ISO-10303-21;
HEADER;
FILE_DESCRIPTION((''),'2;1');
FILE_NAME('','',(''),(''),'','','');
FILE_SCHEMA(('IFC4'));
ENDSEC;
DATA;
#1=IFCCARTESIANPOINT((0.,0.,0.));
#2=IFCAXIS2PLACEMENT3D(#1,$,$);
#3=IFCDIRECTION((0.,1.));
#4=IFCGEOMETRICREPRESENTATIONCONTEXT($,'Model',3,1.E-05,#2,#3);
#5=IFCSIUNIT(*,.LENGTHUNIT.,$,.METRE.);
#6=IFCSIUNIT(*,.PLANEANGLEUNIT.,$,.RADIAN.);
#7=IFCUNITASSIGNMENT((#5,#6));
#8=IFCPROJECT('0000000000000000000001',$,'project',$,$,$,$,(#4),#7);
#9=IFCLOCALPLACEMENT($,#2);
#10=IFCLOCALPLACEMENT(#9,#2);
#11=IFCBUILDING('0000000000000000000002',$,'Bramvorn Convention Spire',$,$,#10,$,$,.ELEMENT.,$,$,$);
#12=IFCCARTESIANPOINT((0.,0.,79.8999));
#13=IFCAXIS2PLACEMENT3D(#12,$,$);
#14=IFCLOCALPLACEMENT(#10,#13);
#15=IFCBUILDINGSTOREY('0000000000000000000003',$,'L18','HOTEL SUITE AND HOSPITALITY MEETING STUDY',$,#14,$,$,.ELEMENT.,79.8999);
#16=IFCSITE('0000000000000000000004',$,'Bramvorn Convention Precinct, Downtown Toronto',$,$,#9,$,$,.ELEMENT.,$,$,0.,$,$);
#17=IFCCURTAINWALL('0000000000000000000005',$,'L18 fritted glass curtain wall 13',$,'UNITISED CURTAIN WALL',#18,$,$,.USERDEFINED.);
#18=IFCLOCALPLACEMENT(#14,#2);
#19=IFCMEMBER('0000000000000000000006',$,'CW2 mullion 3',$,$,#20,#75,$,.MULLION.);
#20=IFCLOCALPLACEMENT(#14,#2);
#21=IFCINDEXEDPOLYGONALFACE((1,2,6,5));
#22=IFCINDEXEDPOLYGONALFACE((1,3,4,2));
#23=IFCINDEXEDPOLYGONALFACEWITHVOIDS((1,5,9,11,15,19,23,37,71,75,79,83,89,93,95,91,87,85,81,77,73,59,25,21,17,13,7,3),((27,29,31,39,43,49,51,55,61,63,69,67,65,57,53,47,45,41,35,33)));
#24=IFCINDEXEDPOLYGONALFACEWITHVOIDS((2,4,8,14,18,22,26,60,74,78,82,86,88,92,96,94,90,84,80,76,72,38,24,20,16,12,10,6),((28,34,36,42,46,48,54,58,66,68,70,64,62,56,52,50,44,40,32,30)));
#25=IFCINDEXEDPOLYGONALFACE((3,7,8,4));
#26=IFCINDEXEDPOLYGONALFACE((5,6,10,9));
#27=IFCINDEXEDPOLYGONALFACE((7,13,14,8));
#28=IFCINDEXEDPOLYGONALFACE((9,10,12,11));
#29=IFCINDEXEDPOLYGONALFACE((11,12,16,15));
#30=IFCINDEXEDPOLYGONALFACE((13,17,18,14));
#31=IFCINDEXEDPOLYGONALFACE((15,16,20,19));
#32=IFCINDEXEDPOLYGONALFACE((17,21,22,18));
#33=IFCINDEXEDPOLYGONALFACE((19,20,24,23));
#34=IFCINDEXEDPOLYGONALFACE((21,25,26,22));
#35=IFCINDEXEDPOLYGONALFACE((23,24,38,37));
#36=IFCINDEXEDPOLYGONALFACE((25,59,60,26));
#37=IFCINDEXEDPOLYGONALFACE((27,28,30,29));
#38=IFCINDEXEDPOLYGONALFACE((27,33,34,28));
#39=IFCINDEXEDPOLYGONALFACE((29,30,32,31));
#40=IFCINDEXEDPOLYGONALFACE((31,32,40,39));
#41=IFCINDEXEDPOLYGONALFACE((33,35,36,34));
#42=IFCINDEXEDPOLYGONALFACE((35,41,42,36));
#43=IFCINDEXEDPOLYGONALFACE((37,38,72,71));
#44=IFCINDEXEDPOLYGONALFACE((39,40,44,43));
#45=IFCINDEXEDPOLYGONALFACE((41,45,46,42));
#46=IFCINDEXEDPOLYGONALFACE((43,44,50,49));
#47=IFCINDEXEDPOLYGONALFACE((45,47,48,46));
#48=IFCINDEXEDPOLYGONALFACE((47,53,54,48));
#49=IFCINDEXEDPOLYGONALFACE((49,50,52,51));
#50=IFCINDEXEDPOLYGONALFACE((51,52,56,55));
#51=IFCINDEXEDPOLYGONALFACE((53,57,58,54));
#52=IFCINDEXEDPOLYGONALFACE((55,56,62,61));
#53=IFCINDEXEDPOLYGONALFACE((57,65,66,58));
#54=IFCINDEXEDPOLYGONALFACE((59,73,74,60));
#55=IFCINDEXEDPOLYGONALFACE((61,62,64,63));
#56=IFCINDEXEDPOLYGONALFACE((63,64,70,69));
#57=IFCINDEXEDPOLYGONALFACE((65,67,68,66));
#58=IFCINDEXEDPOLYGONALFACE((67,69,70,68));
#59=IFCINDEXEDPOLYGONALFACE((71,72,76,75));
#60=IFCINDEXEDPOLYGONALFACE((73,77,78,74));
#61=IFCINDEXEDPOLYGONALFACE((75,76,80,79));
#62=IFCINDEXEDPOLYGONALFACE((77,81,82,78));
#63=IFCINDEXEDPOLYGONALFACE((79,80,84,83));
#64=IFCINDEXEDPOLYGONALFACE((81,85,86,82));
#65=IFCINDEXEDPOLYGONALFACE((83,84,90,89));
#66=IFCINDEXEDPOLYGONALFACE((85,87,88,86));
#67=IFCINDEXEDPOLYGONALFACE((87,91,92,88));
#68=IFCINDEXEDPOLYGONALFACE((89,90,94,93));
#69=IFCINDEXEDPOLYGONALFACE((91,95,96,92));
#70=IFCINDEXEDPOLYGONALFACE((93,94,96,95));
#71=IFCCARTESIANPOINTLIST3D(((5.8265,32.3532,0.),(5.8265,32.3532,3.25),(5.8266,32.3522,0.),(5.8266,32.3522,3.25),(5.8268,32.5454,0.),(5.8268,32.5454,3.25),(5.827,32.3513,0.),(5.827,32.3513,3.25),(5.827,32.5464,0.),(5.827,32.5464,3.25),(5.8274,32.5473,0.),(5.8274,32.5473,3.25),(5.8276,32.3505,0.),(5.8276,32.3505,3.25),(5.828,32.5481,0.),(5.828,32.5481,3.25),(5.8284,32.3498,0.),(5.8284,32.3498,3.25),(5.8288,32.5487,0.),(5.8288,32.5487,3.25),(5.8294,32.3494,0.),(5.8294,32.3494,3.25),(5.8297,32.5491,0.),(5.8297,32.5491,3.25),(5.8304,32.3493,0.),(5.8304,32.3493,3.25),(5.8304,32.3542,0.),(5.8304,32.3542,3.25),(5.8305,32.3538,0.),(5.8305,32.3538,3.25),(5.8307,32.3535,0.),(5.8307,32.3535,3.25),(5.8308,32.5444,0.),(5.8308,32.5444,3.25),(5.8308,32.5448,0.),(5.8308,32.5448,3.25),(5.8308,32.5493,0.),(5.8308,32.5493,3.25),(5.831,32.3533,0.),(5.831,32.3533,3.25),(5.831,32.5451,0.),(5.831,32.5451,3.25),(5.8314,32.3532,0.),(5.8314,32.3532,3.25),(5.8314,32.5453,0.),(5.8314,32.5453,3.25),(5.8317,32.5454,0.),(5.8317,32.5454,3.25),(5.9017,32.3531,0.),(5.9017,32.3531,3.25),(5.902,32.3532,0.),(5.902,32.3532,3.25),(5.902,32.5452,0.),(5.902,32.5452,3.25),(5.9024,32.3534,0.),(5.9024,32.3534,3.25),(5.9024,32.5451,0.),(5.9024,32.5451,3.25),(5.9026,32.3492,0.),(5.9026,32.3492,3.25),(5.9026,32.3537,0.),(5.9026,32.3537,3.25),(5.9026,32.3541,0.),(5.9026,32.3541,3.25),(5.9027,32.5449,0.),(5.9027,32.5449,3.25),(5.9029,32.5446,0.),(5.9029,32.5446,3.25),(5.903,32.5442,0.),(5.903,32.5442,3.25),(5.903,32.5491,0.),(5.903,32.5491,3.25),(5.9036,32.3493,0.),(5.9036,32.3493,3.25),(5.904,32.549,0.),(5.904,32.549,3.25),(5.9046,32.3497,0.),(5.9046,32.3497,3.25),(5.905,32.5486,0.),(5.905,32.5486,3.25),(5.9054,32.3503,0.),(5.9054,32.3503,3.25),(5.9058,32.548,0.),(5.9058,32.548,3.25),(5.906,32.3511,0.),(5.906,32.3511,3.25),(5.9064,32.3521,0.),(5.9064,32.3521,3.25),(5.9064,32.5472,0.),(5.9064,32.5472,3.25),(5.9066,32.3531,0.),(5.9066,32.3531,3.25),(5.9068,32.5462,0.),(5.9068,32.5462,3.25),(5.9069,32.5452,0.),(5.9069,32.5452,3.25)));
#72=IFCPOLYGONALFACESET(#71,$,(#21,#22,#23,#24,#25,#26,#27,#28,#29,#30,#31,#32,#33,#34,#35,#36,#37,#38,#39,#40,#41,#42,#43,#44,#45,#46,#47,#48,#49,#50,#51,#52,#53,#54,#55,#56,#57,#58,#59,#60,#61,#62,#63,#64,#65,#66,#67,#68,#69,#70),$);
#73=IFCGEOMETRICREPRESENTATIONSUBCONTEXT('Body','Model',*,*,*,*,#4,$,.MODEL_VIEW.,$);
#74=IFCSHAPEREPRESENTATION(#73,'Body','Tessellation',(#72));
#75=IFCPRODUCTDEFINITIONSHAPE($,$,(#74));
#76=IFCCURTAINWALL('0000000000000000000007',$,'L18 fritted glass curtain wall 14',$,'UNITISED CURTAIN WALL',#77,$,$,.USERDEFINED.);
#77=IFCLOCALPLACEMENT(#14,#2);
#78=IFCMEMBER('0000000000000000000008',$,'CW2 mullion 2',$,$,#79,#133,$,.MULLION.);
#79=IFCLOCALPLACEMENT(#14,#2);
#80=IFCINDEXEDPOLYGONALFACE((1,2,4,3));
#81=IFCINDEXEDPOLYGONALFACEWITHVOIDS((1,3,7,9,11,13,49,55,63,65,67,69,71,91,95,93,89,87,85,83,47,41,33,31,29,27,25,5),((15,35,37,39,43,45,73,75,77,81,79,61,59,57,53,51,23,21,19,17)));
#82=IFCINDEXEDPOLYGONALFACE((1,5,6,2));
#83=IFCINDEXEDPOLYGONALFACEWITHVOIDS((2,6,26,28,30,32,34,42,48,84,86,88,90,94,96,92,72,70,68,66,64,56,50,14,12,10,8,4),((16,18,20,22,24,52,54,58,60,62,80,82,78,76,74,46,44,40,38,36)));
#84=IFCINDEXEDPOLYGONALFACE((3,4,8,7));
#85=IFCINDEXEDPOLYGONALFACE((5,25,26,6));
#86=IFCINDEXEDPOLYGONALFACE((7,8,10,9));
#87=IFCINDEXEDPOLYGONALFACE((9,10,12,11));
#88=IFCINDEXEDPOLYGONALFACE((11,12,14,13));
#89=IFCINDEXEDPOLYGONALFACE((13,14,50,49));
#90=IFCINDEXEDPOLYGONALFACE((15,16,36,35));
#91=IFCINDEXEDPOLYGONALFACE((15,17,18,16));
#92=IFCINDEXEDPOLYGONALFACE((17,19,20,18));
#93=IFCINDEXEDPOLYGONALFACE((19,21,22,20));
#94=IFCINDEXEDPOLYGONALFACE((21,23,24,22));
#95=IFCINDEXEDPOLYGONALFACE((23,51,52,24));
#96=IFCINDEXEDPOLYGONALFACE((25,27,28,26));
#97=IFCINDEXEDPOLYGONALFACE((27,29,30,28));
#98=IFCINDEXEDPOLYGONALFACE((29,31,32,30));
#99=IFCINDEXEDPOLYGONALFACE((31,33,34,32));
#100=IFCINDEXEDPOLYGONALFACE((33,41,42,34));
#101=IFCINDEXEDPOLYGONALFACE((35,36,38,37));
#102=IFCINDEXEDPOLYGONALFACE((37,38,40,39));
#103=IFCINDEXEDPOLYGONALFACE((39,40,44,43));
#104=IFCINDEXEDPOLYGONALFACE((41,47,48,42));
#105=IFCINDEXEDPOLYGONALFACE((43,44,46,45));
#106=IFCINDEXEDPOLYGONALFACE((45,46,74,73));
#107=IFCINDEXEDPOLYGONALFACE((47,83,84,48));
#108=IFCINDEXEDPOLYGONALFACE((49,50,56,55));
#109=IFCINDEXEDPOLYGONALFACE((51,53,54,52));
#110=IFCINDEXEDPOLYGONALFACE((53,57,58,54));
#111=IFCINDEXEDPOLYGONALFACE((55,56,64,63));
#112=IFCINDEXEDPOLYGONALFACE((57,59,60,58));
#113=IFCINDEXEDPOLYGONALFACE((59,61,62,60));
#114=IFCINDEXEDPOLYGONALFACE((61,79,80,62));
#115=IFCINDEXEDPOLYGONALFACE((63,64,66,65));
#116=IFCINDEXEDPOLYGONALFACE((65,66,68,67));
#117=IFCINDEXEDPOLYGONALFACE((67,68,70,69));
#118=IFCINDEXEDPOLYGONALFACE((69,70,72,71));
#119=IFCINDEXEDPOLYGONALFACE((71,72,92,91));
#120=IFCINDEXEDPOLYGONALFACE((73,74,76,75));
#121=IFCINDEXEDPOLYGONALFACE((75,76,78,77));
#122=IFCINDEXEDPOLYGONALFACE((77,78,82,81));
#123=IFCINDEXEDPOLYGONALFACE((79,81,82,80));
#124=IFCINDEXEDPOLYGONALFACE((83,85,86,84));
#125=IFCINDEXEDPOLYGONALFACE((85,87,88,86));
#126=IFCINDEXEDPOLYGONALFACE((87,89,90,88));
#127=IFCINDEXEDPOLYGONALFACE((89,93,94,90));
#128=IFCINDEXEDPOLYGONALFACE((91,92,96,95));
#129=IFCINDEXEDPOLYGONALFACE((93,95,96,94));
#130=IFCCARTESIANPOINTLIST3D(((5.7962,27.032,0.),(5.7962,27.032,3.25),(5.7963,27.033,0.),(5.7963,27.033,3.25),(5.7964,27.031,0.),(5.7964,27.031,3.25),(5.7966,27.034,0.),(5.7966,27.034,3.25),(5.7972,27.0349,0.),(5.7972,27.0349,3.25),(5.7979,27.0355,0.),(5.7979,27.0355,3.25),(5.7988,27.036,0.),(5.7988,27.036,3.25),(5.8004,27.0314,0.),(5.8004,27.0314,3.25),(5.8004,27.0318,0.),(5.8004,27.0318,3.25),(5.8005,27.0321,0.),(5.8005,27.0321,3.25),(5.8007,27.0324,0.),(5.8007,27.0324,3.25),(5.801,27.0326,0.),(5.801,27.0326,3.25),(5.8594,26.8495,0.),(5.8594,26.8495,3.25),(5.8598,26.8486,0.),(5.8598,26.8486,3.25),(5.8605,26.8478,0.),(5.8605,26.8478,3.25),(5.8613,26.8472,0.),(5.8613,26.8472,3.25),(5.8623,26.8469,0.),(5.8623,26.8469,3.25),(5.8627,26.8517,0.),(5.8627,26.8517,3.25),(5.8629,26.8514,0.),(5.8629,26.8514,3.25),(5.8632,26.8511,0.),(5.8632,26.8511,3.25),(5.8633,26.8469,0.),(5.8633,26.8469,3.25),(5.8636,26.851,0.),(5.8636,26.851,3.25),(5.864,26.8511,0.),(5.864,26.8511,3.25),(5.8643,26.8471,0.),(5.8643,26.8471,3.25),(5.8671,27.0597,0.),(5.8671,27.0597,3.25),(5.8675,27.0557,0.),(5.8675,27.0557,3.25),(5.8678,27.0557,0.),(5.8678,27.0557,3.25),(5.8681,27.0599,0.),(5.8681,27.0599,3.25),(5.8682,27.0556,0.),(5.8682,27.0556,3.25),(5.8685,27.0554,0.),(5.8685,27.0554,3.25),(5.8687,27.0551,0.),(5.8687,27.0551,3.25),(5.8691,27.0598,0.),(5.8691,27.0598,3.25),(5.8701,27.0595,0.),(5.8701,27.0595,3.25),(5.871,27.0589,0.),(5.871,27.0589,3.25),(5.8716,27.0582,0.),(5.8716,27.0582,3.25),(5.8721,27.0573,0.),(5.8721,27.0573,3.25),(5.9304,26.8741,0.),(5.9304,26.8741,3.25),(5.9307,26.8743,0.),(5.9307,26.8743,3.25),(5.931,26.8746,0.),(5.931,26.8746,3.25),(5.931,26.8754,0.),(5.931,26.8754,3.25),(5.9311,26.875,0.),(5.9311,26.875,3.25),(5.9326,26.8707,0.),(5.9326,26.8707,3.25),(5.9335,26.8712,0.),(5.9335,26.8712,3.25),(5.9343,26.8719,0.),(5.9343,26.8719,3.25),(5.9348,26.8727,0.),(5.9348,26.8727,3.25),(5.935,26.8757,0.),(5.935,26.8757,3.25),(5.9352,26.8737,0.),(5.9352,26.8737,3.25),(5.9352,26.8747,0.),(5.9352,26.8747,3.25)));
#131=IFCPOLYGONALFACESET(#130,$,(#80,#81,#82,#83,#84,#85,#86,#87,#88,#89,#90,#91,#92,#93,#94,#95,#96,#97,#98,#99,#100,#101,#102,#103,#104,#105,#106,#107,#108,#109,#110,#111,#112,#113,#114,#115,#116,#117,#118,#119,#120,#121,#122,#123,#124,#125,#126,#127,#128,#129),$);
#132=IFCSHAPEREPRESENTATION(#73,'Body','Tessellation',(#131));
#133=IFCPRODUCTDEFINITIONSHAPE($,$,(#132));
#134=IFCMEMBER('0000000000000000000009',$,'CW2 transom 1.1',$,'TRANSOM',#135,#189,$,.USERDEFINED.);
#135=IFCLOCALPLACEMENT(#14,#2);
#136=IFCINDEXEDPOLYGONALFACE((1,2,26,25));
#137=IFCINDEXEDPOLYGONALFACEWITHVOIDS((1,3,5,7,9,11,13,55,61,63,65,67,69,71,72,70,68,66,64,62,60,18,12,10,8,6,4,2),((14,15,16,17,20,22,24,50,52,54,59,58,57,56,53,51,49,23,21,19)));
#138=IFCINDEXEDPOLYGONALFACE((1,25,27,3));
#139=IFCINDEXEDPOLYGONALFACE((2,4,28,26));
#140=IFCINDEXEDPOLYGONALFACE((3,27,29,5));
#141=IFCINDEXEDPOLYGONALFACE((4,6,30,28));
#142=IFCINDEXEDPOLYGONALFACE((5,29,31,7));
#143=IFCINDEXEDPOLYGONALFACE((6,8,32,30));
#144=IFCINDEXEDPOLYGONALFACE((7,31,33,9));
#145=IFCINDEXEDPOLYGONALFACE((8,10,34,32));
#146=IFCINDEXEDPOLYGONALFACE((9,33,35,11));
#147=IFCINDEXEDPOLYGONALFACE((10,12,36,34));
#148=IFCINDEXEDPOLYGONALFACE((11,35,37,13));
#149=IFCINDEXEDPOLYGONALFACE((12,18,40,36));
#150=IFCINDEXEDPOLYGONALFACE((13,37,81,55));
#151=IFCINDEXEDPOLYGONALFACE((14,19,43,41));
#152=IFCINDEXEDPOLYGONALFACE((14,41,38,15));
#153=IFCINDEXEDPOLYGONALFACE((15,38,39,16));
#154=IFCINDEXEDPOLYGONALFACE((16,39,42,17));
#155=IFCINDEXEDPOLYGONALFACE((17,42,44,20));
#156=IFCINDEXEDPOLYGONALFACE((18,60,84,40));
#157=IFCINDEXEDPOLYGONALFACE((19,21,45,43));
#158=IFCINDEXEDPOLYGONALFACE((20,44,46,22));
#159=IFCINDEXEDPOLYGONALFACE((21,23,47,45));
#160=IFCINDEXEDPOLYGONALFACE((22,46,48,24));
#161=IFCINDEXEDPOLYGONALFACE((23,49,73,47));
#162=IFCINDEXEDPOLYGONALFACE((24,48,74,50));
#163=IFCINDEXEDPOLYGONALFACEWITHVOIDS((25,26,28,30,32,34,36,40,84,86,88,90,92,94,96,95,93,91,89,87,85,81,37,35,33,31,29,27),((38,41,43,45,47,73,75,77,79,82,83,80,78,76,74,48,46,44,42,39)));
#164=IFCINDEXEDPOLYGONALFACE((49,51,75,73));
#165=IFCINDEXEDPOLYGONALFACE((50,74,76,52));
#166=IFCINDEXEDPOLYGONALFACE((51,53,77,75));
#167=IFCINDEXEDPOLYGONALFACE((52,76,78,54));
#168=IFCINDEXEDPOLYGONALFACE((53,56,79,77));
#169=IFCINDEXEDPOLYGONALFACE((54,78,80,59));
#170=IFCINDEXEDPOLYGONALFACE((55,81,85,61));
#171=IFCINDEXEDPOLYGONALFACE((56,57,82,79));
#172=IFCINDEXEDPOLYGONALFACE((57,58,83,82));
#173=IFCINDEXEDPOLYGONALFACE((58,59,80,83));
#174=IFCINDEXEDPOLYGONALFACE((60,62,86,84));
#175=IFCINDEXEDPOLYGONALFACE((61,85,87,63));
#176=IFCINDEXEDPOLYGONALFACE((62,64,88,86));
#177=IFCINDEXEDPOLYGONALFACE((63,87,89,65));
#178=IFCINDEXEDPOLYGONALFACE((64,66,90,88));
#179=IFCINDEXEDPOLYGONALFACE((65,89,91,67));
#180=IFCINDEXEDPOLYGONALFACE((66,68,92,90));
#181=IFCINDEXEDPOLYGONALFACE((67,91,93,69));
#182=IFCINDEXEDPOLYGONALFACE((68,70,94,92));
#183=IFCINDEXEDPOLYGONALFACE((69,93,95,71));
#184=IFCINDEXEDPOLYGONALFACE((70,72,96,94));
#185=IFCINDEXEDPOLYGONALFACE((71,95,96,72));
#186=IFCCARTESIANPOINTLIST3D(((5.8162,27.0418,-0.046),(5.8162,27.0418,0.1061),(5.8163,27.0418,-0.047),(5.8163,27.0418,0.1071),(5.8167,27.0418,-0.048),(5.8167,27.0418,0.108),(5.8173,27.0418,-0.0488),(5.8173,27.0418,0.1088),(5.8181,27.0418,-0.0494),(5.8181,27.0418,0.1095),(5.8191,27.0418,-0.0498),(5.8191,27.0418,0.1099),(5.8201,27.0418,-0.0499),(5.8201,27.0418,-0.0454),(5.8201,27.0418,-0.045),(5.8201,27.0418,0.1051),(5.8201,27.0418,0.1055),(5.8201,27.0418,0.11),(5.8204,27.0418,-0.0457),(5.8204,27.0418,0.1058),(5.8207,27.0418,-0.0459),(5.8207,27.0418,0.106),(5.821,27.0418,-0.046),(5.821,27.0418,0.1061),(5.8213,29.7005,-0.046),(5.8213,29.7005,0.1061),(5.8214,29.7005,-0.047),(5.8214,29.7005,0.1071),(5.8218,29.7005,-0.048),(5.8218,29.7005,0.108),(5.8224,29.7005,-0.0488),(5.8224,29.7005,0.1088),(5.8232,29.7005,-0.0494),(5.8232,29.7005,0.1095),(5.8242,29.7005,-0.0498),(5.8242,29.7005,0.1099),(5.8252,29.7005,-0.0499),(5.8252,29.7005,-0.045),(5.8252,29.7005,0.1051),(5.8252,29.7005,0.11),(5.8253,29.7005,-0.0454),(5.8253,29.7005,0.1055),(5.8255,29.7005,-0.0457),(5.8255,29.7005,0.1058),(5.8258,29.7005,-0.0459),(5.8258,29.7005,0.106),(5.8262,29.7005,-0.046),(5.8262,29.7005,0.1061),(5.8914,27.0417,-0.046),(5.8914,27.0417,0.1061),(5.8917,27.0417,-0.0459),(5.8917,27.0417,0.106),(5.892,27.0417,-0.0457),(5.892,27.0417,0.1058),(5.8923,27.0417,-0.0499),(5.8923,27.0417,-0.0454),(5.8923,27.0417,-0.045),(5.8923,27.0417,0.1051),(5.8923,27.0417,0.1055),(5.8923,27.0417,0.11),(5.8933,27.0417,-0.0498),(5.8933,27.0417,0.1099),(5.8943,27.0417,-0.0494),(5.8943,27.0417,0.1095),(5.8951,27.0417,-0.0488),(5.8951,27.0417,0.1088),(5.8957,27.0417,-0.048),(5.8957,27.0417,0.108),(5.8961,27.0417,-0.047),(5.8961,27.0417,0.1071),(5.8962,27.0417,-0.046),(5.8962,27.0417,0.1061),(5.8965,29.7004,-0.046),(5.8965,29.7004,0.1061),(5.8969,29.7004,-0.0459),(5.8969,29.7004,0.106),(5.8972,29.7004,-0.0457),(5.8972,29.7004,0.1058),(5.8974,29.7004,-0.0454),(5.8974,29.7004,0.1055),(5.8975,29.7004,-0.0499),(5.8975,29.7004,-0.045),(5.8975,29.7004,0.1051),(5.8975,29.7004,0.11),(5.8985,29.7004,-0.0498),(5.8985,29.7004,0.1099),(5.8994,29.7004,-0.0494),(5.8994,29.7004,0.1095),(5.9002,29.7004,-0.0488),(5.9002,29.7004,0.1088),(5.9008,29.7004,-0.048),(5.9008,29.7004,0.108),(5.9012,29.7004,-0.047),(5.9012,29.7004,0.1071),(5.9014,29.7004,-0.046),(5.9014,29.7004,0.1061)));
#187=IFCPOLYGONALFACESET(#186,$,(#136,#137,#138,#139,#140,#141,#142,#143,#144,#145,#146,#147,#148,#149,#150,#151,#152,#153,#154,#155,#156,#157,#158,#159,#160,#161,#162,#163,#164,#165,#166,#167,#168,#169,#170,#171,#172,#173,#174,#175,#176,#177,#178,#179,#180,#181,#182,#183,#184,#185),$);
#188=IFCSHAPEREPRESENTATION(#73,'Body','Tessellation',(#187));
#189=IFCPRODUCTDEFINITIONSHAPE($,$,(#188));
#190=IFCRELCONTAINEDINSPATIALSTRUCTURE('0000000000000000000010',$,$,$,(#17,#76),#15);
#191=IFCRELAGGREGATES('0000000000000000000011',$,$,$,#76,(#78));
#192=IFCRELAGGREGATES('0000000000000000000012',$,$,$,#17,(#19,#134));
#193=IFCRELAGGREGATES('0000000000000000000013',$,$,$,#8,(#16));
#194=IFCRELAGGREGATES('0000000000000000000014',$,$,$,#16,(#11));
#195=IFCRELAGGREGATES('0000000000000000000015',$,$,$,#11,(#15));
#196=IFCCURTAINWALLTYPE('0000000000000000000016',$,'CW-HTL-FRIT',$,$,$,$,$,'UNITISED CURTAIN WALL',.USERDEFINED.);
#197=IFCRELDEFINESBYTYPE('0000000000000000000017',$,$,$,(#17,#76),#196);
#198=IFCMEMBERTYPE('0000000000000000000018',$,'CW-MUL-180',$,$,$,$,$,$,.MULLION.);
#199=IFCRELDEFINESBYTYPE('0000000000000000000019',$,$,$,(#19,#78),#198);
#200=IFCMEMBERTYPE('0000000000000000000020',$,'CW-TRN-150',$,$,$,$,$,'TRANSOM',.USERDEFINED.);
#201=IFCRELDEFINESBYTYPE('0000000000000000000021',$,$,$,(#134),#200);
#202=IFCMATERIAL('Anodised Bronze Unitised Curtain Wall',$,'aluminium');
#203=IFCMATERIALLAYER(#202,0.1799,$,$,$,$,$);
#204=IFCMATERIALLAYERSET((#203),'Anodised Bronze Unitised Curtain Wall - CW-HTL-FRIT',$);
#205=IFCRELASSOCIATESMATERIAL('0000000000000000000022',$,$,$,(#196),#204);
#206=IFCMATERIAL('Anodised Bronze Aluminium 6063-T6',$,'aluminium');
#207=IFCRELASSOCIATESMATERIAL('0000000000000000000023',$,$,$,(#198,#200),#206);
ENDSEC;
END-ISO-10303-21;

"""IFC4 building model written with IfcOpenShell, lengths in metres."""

from ifc_helpers import new_model, si_unit, direction, frame, origin, origin_2d, place, context, subcontext, project, spatial, hollow_rectangle, extrude, material, layer, layer_set, material_profile, profile_set, type_object, element, aggregate, save


model = new_model("IFC4")

# Units and contexts
model_context = context("Model", 3, precision=1e-05, world=origin(), true_north=direction((0.0, 1.0)))
body_context = subcontext(model_context, "Body", "Model", "MODEL_VIEW")
ifc_project = project(units=[si_unit("LENGTHUNIT", "METRE"), si_unit("PLANEANGLEUNIT", "RADIAN")], contexts=[model_context])

# Site, building, storey
site_placement = place(None, origin())
site = spatial("IfcSite", under=ifc_project, at=site_placement, Name="Bramvorn Convention Precinct, Downtown Toronto", CompositionType="ELEMENT", RefElevation=0.0)
building_placement = place(site_placement, origin())
building = spatial("IfcBuilding", under=site, at=building_placement, Name="Bramvorn Convention Spire", CompositionType="ELEMENT")
storey_placement = place(building_placement, frame((0.0, 0.0, 79.8999)))
storey = spatial("IfcBuildingStorey", under=building, at=storey_placement, Name="L18", Description="HOTEL SUITE AND HOSPITALITY MEETING STUDY", CompositionType="ELEMENT", Elevation=79.8999)

# Curtain wall, member
ifc_material_1 = material(Name="Anodised Bronze Unitised Curtain Wall", Category="aluminium")
ifc_layer_1 = layer(ifc_material_1, 0.1799)
ifc_layer_set_1 = layer_set([ifc_layer_1], Name="Anodised Bronze Unitised Curtain Wall - CW-HTL-FRIT")
curtain_wall_type = type_object("IfcCurtainWallType", Name="CW-HTL-FRIT", ElementType="UNITISED CURTAIN WALL", PredefinedType="USERDEFINED", material=ifc_layer_set_1)
curtain_wall_1_placement = place(storey_placement, origin())
curtain_wall_1 = element("IfcCurtainWall", 1, at=curtain_wall_1_placement, inside=storey, type_object=curtain_wall_type, Name="L18 fritted glass curtain wall 13", ObjectType="UNITISED CURTAIN WALL", PredefinedType="USERDEFINED")
ifc_material_2 = material(Name="Anodised Bronze Aluminium 6063-T6", Category="aluminium")
ifc_material_profile_1 = material_profile(ifc_material_2, hollow_rectangle(XDim=0.0801, YDim=0.2, WallThickness=0.0039, InnerFilletRadius=0.001, OuterFilletRadius=0.0039, at=origin_2d()))
ifc_profile_set_1 = profile_set([ifc_material_profile_1], Name="Anodised Bronze Aluminium 6063-T6 - CWM80X200")
member_type_1 = type_object("IfcMemberType", Name="CW-MUL-180", PredefinedType="MULLION", material=ifc_profile_set_1)
member_1_placement = place(storey_placement, frame((5.8667, 32.4492, 0.0), z_axis=(0.0, 0.0, 1.0), x_axis=(-0.999998, 0.001946, 0.0)))
member_1 = element("IfcMember", 2, at=member_1_placement, type_object=member_type_1, Name="CW2 mullion 3", PredefinedType="MULLION", context=body_context, shape_type="SweptSolid", body=[
    extrude(hollow_rectangle(XDim=0.0801, YDim=0.2, WallThickness=0.0039, InnerFilletRadius=0.001, OuterFilletRadius=0.0039, at=origin_2d()), origin(), (0.0, 0.0, 1.0), 3.25),
])

# Curtain wall, member
curtain_wall_2_placement = place(storey_placement, origin())
curtain_wall_2 = element("IfcCurtainWall", 3, at=curtain_wall_2_placement, inside=storey, type_object=curtain_wall_type, Name="L18 fritted glass curtain wall 14", ObjectType="UNITISED CURTAIN WALL", PredefinedType="USERDEFINED")
member_2_placement = place(storey_placement, frame((5.8657, 26.9534, 0.0), z_axis=(0.0, 0.0, 1.0), x_axis=(-0.944831, -0.327559, 0.0)))
member_2 = element("IfcMember", 4, at=member_2_placement, type_object=member_type_1, Name="CW2 mullion 2", PredefinedType="MULLION", context=body_context, shape_type="SweptSolid", body=[
    extrude(hollow_rectangle(XDim=0.0801, YDim=0.2, WallThickness=0.0039, InnerFilletRadius=0.001, OuterFilletRadius=0.0039, at=origin_2d()), origin(), (0.0, 0.0, 1.0), 3.25),
])
aggregate(curtain_wall_2, [member_2])

# Member
ifc_material_profile_2 = material_profile(ifc_material_2, hollow_rectangle(XDim=0.0801, YDim=0.1599, WallThickness=0.0039, InnerFilletRadius=0.001, OuterFilletRadius=0.0039, at=origin_2d()))
ifc_profile_set_2 = profile_set([ifc_material_profile_2], Name="Anodised Bronze Aluminium 6063-T6 - CWT80X160")
member_type_2 = type_object("IfcMemberType", Name="CW-TRN-150", ElementType="TRANSOM", PredefinedType="USERDEFINED", material=ifc_profile_set_2)
member_3_placement = place(storey_placement, frame((5.8562, 27.0417, 0.03), z_axis=(0.001928, 0.999998, 0.0), x_axis=(-0.999998, 0.001928, 0.0)))
member_3 = element("IfcMember", 5, at=member_3_placement, type_object=member_type_2, Name="CW2 transom 1.1", ObjectType="TRANSOM", PredefinedType="USERDEFINED", context=body_context, shape_type="SweptSolid", body=[
    extrude(hollow_rectangle(XDim=0.0801, YDim=0.1599, WallThickness=0.0039, InnerFilletRadius=0.001, OuterFilletRadius=0.0039, at=origin_2d()), origin(), (0.0, 0.0, 1.0), 2.6587),
])

aggregate(curtain_wall_1, [member_1, member_3])

save(model, "model.ifc")
